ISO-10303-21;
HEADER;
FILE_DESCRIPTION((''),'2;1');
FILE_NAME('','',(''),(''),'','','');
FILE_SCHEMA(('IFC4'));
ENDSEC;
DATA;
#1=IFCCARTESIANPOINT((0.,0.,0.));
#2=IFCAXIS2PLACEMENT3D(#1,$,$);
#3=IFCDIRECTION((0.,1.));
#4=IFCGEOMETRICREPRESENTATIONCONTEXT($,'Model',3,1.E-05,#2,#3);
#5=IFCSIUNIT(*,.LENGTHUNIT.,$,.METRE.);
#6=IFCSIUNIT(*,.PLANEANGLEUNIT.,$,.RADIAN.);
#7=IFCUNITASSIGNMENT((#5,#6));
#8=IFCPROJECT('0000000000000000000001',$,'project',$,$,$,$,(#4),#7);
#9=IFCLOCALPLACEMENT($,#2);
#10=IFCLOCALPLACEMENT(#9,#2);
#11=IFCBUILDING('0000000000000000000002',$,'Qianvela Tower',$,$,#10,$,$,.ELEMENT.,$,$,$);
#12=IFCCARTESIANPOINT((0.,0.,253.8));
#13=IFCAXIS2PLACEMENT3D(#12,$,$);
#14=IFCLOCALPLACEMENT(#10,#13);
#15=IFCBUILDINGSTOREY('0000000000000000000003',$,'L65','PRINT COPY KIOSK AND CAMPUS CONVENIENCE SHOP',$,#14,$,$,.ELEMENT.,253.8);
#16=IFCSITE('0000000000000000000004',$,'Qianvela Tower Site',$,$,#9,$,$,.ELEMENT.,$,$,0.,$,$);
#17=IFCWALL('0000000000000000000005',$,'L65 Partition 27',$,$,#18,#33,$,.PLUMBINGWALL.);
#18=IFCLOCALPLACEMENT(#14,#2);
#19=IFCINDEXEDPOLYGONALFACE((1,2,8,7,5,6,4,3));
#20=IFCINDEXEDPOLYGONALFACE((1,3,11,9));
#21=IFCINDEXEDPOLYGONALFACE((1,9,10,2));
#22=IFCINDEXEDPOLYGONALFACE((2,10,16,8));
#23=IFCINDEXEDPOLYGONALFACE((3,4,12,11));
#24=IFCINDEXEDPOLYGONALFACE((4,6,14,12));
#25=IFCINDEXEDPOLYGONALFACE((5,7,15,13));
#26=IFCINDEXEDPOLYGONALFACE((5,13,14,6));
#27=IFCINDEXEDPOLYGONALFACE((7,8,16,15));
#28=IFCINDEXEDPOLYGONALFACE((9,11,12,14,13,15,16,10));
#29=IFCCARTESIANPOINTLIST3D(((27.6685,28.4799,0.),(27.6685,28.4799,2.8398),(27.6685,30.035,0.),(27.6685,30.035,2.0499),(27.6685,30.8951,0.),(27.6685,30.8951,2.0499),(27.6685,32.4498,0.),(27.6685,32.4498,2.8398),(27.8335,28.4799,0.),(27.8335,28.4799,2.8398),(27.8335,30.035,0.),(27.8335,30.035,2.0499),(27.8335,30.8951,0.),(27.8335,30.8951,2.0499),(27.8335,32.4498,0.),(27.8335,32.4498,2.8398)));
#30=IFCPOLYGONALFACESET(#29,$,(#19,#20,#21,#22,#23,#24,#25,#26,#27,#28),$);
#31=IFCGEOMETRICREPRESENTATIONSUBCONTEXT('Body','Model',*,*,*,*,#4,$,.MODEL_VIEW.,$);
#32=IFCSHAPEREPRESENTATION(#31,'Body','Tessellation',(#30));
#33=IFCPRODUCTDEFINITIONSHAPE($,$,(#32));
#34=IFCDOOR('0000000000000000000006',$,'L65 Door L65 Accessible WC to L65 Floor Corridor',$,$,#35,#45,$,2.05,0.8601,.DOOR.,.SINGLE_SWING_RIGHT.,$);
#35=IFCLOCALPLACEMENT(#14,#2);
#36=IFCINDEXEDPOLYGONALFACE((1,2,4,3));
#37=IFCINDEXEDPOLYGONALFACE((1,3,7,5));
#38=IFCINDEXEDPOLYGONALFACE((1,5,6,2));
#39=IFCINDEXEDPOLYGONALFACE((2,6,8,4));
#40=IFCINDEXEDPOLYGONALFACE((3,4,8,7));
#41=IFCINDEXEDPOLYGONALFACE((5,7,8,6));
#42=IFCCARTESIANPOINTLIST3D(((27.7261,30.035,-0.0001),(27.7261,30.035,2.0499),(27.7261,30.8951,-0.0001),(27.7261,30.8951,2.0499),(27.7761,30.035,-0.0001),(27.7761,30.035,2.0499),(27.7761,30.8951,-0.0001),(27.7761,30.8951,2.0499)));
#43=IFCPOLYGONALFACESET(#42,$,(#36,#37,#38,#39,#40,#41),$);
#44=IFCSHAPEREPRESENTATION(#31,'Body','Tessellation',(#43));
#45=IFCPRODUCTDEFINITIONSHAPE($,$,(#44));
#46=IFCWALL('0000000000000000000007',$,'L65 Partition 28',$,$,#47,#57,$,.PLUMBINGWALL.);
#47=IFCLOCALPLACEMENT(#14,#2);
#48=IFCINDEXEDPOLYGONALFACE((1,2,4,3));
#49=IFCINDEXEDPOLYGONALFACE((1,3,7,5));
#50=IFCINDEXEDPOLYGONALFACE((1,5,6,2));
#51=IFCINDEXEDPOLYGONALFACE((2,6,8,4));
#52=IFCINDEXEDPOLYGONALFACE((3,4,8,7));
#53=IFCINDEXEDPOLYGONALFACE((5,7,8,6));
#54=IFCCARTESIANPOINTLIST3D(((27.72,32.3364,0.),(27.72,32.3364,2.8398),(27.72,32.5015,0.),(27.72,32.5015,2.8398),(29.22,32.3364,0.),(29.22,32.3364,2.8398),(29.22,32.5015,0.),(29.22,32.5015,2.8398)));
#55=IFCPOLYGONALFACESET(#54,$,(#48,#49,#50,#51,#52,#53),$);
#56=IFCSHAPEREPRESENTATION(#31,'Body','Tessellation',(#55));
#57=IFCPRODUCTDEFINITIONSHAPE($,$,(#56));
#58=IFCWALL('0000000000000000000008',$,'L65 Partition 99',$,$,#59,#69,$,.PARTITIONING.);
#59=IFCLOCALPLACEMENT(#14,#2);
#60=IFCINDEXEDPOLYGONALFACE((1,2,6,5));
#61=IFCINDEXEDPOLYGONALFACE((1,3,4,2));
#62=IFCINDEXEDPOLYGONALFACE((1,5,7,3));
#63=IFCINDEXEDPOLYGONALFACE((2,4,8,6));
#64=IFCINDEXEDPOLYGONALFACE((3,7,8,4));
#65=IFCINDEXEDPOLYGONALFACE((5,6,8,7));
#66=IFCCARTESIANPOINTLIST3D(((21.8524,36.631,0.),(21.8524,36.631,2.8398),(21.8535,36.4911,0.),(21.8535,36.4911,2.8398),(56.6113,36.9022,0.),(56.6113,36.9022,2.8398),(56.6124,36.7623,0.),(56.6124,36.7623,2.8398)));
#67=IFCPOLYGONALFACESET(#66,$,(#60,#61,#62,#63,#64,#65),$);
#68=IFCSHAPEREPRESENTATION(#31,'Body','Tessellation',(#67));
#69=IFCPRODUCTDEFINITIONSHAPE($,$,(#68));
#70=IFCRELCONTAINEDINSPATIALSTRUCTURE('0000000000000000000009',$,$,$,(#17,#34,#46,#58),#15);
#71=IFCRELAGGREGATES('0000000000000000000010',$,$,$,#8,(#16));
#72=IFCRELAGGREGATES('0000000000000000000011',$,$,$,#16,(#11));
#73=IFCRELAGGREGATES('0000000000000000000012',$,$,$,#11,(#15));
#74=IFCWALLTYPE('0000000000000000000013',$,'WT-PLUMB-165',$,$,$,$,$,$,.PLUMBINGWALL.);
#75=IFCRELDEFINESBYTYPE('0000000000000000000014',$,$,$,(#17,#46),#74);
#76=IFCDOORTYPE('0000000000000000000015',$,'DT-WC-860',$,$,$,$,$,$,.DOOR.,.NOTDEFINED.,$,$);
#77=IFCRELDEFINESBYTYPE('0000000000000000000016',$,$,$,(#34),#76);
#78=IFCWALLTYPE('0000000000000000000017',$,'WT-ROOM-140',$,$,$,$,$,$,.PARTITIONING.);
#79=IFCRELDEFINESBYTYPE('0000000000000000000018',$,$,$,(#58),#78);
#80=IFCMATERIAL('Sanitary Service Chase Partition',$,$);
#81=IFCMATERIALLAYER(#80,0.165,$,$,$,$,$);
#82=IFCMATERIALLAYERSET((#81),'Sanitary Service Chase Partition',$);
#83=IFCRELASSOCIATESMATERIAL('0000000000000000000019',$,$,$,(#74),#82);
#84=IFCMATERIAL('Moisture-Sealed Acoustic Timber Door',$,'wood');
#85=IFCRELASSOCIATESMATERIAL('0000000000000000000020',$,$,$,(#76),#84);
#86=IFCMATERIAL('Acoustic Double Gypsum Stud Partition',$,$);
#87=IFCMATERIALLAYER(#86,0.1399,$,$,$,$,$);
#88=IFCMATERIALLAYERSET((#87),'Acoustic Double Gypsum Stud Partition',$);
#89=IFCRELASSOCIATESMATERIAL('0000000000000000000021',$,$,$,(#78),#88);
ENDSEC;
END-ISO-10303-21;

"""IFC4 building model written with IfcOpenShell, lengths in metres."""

from ifc_helpers import new_model, si_unit, direction, frame, frame_2d, origin, place, context, subcontext, project, spatial, rectangle, extrude, material, layer, layer_set, type_object, element, fill, save


model = new_model("IFC4")

# Units and contexts
model_context = context("Model", 3, precision=1e-05, world=origin(), true_north=direction((0.0, 1.0)))
body_context = subcontext(model_context, "Body", "Model", "MODEL_VIEW")
ifc_project = project(units=[si_unit("LENGTHUNIT", "METRE"), si_unit("PLANEANGLEUNIT", "RADIAN")], contexts=[model_context])

# Site, building, storey
site_placement = place(None, origin())
site = spatial("IfcSite", under=ifc_project, at=site_placement, Name="Qianvela Tower Site", CompositionType="ELEMENT", RefElevation=0.0)
building_placement = place(site_placement, origin())
building = spatial("IfcBuilding", under=site, at=building_placement, Name="Qianvela Tower", CompositionType="ELEMENT")
storey_placement = place(building_placement, frame((0.0, 0.0, 253.8)))
storey = spatial("IfcBuildingStorey", under=building, at=storey_placement, Name="L65", Description="PRINT COPY KIOSK AND CAMPUS CONVENIENCE SHOP", CompositionType="ELEMENT", Elevation=253.8)

# Shared definitions
ifc_material_1 = material(Name="Sanitary Service Chase Partition")
ifc_layer_1 = layer(ifc_material_1, 0.165)
ifc_layer_set_1 = layer_set([ifc_layer_1], Name="Sanitary Service Chase Partition")
wall_type_1 = type_object("IfcWallType", Name="WT-PLUMB-165", PredefinedType="PLUMBINGWALL", material=ifc_layer_set_1)

# Wall, opening, door
wall_1_placement = place(storey_placement, frame((27.751, 28.48, 0.0), z_axis=(0.0, 0.0, 1.0), x_axis=(0.0, 1.0, 0.0)))
wall_1 = element("IfcWall", 1, at=wall_1_placement, inside=storey, type_object=wall_type_1, Name="L65 Partition 27", PredefinedType="PLUMBINGWALL", context=body_context, shape_type="SweptSolid", body=[
    extrude(rectangle(XDim=3.97, YDim=0.165, at=frame_2d((1.9849, 0.0))), origin(), (0.0, 0.0, 1.0), 2.8398),
])
opening_1_placement = place(wall_1_placement, frame((1.5549, 0.0, 0.0)))
opening_1 = element("IfcOpeningElement", 2, at=opening_1_placement, cuts=wall_1, PredefinedType="OPENING", context=body_context, shape_type="SweptSolid", body=[
    extrude(rectangle(XDim=0.8601, YDim=2.05, at=frame_2d((0.4302, 1.0249))), frame((0.0, 0.0925, 0.0), z_axis=(0.0, -1.0, 0.0), x_axis=(1.0, 0.0, 0.0)), (0.0, 0.0, 1.0), 0.1851),
])
ifc_material_2 = material(Name="Moisture-Sealed Acoustic Timber Door", Category="wood")
door_type_1 = type_object("IfcDoorType", Name="DT-WC-860", OperationType="NOTDEFINED", PredefinedType="DOOR", material=ifc_material_2)
door_1_placement = place(opening_1_placement, origin())
door_1 = element("IfcDoor", 3, at=door_1_placement, inside=storey, type_object=door_type_1, Name="L65 Door L65 Accessible WC to L65 Floor Corridor", OperationType="SINGLE_SWING_RIGHT", OverallHeight=2.05, OverallWidth=0.8601, PredefinedType="DOOR", context=body_context, shape_type="SweptSolid", body=[
    extrude(rectangle(XDim=0.8601, YDim=2.05, at=frame_2d((0.4302, 1.0249))), frame((0.0, 0.0249, 0.0), z_axis=(0.0, -1.0, 0.0), x_axis=(1.0, 0.0, 0.0)), (0.0, 0.0, 1.0), 0.05),
])
fill(opening_1, door_1)

# Walls
wall_2_placement = place(storey_placement, frame((27.72, 32.4189, 0.0), z_axis=(0.0, 0.0, 1.0), x_axis=(1.0, 0.0, 0.0)))
element("IfcWall", 4, at=wall_2_placement, inside=storey, type_object=wall_type_1, Name="L65 Partition 28", PredefinedType="PLUMBINGWALL", context=body_context, shape_type="SweptSolid", body=[
    extrude(rectangle(XDim=1.5, YDim=0.165, at=frame_2d((0.75, 0.0))), origin(), (0.0, 0.0, 1.0), 2.8398),
])
ifc_material_3 = material(Name="Acoustic Double Gypsum Stud Partition")
ifc_layer_2 = layer(ifc_material_3, 0.1399)
ifc_layer_set_2 = layer_set([ifc_layer_2], Name="Acoustic Double Gypsum Stud Partition")
wall_type_2 = type_object("IfcWallType", Name="WT-ROOM-140", PredefinedType="PARTITIONING", material=ifc_layer_set_2)
wall_3_placement = place(storey_placement, frame((21.853, 36.561, 0.0), z_axis=(0.0, 0.0, 1.0), x_axis=(0.99997, 0.007803, 0.0)))
element("IfcWall", 5, at=wall_3_placement, inside=storey, type_object=wall_type_2, Name="L65 Partition 99", PredefinedType="PARTITIONING", context=body_context, shape_type="SweptSolid", body=[
    extrude(rectangle(XDim=34.76, YDim=0.1399, at=frame_2d((17.3799, 0.0))), origin(), (0.0, 0.0, 1.0), 2.8398),
])

save(model, "model.ifc")
